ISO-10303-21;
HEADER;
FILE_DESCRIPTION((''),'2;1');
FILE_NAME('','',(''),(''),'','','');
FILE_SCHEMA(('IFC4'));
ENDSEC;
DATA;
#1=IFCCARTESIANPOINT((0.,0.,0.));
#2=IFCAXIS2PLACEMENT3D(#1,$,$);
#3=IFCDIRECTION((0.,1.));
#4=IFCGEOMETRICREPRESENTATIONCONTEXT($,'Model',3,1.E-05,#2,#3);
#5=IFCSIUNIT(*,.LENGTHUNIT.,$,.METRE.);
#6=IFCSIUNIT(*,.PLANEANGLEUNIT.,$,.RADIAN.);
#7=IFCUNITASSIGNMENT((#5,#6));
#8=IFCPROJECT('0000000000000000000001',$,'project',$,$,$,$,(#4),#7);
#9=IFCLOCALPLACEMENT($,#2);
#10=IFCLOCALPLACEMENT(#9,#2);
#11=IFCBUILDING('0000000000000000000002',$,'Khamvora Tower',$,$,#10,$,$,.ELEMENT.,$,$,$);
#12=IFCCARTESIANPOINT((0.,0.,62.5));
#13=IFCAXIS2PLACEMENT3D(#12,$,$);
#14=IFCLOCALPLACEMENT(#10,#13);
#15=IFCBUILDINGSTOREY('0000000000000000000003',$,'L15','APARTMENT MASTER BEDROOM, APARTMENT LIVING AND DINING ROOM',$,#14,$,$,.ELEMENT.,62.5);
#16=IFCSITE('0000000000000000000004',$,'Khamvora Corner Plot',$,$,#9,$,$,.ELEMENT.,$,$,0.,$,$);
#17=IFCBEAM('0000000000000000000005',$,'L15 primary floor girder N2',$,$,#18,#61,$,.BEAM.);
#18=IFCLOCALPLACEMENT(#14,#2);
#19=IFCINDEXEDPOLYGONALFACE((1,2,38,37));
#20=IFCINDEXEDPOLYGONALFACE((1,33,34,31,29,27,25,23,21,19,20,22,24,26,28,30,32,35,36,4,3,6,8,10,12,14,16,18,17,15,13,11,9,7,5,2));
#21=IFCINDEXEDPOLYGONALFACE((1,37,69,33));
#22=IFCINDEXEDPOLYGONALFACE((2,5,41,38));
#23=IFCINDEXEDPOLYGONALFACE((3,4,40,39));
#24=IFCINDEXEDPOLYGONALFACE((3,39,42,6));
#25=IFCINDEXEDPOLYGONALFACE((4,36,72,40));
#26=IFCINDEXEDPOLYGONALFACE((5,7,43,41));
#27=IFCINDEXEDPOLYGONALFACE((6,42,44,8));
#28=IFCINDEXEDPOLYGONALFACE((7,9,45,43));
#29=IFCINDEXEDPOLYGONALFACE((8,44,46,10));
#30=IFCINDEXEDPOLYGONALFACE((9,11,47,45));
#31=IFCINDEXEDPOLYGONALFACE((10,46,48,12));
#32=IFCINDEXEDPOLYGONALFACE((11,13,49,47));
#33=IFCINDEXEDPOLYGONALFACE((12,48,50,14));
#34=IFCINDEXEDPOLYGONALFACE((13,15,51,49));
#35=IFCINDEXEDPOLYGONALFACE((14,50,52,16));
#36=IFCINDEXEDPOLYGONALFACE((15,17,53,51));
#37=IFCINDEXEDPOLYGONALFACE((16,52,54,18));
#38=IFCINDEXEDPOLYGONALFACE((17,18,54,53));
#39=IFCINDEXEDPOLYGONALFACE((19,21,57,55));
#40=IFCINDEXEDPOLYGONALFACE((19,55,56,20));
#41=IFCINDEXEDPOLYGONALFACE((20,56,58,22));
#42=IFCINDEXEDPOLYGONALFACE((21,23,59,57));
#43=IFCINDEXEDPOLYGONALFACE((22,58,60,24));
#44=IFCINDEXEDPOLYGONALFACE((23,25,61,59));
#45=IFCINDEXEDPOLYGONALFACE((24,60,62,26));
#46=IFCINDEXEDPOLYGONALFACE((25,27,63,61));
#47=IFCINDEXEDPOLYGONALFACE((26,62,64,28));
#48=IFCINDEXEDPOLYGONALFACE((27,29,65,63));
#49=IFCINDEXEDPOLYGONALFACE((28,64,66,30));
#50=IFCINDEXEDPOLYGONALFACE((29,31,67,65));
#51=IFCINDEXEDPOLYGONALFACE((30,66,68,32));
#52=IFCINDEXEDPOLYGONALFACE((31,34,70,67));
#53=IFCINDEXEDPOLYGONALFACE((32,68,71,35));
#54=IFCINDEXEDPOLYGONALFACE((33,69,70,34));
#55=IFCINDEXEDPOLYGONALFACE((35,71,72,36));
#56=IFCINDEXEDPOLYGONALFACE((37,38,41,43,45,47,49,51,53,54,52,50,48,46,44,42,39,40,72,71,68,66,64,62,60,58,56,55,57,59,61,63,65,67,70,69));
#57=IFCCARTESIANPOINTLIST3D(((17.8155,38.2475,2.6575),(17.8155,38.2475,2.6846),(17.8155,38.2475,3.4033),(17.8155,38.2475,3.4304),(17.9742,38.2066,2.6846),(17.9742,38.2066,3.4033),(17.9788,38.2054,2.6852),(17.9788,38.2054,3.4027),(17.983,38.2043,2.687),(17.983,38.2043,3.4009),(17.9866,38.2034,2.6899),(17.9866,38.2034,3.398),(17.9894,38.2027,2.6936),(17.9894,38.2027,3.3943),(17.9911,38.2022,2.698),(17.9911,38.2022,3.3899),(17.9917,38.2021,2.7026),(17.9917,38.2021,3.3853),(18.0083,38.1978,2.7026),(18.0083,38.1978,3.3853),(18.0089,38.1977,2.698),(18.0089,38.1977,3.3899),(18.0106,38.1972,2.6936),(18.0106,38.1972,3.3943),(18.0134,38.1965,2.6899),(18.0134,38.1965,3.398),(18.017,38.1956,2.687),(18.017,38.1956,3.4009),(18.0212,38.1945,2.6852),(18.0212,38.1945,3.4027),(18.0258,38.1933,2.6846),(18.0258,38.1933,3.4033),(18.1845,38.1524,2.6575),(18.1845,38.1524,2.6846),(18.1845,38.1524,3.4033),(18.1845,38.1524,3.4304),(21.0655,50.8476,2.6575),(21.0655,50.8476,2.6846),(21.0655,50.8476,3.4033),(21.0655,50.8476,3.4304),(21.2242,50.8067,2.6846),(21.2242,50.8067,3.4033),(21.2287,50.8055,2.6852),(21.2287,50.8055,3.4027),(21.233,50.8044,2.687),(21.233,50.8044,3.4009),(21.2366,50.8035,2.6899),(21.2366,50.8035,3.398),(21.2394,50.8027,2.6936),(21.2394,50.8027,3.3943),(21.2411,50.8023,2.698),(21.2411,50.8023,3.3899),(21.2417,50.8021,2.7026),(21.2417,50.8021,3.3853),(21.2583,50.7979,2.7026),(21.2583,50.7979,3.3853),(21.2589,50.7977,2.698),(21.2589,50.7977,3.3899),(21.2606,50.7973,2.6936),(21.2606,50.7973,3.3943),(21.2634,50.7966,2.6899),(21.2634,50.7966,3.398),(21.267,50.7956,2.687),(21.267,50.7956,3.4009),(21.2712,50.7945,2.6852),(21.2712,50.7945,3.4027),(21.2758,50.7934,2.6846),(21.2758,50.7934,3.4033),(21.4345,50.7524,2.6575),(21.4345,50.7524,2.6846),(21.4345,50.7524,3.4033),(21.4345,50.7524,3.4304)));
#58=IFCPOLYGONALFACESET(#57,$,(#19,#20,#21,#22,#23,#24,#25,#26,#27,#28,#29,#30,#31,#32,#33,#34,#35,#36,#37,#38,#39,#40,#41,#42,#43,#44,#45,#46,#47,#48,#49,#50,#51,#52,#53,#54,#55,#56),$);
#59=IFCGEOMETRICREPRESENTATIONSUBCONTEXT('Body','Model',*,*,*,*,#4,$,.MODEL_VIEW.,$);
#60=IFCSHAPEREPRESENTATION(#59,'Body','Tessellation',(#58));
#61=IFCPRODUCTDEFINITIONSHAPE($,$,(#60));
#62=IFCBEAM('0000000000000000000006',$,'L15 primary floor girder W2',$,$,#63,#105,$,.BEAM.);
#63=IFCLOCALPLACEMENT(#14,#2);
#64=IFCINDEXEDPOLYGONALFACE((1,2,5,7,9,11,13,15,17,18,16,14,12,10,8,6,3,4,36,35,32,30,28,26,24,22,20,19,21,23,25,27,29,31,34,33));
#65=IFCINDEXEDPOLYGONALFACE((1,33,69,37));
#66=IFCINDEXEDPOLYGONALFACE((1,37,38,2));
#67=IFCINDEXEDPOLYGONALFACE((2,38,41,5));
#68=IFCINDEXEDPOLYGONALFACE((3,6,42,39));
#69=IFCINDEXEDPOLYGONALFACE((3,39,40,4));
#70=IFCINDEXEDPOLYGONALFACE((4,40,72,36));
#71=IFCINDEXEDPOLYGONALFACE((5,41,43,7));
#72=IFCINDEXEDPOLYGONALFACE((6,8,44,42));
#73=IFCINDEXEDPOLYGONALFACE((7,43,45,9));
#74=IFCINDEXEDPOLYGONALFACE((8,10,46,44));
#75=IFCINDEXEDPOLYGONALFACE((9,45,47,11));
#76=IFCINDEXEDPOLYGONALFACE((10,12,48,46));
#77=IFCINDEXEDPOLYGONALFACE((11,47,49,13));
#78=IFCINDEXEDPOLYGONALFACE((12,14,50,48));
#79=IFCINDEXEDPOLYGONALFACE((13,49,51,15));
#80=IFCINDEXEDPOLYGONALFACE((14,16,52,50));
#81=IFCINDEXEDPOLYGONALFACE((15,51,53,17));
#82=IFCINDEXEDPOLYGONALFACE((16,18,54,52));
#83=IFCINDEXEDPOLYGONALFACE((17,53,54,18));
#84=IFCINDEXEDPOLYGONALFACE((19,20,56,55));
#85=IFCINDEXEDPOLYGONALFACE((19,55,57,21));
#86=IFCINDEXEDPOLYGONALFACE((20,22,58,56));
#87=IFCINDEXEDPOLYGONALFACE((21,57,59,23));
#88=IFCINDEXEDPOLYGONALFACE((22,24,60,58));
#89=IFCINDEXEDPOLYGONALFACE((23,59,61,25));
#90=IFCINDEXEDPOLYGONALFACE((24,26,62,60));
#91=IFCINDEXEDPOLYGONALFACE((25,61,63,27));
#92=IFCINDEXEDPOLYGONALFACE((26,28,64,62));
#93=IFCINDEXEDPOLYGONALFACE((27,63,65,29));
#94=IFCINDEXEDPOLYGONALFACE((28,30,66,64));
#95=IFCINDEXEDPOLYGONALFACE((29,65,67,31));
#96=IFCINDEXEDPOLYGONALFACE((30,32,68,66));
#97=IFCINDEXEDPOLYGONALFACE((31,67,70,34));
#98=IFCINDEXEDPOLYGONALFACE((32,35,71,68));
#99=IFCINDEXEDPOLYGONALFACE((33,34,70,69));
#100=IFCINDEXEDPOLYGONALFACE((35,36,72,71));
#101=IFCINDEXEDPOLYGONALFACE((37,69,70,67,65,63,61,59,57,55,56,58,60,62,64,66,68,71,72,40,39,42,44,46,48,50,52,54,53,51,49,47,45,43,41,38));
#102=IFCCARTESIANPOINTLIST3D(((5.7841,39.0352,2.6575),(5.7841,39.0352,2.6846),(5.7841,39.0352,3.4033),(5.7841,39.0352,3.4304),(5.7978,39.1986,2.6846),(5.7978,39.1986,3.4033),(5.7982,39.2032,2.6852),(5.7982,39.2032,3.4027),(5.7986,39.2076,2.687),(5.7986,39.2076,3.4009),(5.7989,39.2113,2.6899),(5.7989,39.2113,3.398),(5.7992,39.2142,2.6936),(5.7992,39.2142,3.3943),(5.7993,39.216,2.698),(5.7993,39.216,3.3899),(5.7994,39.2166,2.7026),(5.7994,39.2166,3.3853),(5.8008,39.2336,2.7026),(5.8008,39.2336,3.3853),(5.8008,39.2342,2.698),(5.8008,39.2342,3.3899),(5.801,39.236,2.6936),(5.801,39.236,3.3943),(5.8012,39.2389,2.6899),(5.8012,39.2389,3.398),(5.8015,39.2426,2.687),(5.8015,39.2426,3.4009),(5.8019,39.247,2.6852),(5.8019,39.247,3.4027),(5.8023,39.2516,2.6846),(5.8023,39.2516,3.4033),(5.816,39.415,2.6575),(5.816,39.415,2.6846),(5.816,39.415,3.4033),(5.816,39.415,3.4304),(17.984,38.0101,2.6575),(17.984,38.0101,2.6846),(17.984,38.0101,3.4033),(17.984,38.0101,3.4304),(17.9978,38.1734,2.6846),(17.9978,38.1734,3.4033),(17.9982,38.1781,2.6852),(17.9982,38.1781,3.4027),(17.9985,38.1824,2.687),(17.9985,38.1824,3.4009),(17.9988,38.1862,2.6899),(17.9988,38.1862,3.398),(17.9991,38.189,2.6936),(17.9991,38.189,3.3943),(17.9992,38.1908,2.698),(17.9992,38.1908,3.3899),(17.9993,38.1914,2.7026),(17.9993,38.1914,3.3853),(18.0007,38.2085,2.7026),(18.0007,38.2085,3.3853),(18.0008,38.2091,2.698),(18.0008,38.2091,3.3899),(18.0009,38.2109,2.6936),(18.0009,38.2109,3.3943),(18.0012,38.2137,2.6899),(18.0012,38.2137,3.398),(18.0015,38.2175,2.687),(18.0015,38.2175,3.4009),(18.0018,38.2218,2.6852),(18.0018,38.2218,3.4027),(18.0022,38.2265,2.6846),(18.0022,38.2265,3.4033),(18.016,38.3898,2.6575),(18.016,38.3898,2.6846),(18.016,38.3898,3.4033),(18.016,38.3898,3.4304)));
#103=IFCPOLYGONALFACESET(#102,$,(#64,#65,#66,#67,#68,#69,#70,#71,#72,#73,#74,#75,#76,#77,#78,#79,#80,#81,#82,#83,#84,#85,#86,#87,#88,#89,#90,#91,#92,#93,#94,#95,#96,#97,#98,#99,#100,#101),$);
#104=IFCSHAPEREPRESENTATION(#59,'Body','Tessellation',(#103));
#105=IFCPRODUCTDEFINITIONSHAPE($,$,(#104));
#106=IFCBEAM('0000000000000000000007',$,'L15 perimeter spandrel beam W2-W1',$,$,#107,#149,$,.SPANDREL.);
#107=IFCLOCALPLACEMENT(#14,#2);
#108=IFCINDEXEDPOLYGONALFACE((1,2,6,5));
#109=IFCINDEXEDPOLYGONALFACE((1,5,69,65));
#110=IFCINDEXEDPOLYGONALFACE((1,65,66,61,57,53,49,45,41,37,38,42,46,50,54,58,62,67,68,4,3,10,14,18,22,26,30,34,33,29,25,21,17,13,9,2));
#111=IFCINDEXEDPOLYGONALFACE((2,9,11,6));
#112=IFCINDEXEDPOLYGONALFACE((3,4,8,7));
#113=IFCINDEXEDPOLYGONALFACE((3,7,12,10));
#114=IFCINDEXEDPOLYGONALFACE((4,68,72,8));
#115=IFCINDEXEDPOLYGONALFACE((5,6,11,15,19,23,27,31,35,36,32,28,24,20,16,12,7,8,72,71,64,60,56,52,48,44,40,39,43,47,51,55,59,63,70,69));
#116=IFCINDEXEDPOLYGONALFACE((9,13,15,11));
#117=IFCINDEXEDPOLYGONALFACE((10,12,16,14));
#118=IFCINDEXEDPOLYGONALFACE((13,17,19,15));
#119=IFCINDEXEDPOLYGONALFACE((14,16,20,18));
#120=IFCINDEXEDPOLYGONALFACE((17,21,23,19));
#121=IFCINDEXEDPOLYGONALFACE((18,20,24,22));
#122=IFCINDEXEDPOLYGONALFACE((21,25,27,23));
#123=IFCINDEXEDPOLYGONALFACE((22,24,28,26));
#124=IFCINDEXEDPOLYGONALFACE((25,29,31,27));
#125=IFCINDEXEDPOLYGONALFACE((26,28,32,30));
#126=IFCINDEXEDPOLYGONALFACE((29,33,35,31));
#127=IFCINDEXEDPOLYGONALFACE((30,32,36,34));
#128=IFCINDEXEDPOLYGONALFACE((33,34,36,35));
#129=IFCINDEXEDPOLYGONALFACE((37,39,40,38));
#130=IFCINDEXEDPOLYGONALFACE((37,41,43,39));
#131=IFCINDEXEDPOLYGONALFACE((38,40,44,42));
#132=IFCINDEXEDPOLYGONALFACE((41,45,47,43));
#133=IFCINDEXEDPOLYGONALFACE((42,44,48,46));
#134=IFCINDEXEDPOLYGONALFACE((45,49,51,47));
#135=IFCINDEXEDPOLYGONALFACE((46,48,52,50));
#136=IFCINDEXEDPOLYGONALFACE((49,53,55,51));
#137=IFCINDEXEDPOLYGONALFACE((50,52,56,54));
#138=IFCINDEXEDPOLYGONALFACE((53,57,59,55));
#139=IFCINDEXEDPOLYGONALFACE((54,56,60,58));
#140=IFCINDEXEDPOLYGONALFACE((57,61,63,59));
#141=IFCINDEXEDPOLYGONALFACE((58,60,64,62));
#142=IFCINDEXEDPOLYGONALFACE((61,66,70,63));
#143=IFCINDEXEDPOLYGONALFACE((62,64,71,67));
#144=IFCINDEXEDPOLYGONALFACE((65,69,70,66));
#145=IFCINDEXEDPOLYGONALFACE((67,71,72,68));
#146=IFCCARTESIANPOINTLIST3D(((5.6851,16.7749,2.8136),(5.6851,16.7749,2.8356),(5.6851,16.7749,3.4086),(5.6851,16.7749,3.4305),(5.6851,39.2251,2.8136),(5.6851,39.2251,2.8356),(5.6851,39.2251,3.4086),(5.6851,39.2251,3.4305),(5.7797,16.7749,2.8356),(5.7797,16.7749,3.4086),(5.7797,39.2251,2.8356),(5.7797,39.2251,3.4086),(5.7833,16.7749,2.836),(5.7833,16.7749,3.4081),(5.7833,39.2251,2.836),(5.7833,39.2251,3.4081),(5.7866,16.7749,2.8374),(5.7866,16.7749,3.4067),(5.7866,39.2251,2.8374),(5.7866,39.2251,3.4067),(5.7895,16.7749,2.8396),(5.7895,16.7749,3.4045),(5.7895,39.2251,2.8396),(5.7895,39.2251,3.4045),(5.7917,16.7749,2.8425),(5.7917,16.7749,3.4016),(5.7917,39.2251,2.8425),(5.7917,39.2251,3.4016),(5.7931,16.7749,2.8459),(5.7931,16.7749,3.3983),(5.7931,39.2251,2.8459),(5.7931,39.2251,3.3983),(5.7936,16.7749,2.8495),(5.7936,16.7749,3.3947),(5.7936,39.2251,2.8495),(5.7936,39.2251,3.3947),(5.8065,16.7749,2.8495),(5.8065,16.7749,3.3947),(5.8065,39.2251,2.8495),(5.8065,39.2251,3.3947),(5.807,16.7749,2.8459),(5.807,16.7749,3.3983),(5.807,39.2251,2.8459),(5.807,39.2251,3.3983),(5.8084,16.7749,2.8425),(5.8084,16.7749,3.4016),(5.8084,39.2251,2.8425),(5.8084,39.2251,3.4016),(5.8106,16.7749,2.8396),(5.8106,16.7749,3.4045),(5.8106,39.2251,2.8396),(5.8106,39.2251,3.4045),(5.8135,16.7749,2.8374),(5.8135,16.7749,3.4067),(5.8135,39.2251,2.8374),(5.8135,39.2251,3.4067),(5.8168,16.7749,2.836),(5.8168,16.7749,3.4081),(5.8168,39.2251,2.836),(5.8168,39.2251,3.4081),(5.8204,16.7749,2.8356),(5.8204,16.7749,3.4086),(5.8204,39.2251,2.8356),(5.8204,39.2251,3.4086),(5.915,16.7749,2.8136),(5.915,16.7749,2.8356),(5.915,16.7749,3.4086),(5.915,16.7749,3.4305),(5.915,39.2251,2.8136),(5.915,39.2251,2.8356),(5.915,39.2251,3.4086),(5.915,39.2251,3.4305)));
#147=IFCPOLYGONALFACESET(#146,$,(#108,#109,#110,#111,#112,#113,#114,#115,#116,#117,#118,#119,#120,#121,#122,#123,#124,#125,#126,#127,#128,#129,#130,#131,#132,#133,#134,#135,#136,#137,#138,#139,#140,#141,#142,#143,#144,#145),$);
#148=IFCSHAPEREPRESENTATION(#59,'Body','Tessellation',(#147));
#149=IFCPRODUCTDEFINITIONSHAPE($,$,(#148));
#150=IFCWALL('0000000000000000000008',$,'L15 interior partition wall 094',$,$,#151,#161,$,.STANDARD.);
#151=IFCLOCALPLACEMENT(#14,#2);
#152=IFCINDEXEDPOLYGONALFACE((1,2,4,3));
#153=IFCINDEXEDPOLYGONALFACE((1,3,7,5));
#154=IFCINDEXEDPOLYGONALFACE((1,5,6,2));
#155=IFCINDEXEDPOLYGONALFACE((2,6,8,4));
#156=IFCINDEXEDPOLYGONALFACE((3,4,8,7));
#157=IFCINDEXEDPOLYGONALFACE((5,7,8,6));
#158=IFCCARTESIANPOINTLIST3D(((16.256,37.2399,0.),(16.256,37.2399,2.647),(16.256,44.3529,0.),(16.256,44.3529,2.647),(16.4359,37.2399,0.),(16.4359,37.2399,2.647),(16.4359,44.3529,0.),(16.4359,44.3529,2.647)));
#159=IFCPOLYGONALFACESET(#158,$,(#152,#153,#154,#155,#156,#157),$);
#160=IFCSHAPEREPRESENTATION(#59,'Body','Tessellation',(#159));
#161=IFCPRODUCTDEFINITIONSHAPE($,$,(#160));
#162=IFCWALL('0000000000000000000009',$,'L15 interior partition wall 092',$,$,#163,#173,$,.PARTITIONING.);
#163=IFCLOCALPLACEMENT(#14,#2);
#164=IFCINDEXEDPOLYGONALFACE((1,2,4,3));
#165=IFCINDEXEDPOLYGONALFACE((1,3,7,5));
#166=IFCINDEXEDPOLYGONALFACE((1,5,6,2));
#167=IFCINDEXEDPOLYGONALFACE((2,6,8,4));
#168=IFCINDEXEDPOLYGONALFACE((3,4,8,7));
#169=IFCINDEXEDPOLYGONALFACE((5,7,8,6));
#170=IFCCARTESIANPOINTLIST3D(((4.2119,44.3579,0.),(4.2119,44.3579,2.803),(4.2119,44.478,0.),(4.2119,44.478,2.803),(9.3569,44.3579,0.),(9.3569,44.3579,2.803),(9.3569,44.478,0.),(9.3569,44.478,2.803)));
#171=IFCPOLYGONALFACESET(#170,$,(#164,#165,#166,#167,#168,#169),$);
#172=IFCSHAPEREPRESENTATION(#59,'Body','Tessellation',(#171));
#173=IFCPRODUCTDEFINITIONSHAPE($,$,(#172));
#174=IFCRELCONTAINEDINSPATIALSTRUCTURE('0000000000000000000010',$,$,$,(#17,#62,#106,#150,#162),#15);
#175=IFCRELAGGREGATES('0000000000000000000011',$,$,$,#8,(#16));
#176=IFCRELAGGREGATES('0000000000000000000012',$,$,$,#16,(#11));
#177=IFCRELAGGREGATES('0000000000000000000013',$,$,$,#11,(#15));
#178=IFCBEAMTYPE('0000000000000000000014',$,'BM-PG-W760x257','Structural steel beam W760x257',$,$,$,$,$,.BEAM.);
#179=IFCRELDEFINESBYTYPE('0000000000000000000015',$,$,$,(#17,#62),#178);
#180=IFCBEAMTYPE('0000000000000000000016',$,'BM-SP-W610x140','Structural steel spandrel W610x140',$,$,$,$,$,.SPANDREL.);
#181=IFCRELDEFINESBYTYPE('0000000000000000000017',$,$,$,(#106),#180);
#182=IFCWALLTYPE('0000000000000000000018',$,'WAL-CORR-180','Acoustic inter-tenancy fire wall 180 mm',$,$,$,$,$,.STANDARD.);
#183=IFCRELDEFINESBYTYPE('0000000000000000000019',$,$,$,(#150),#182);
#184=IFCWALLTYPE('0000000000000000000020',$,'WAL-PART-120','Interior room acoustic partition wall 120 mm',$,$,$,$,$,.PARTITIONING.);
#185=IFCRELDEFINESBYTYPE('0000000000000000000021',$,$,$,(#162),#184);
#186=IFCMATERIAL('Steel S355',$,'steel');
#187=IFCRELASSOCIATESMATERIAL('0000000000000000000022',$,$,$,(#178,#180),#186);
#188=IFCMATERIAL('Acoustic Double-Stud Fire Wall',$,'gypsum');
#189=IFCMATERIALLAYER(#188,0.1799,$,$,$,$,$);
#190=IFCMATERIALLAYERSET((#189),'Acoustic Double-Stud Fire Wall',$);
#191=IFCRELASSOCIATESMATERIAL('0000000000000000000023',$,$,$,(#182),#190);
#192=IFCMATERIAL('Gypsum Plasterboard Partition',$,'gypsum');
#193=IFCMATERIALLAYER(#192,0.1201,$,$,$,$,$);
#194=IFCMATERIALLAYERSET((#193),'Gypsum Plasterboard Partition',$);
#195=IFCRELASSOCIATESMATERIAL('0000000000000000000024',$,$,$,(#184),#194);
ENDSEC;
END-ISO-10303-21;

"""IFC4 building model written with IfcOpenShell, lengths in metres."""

from ifc_helpers import new_model, si_unit, direction, frame, frame_2d, origin, origin_2d, place, context, subcontext, project, spatial, rectangle, i_section, extrude, material, layer, layer_set, material_profile, profile_set, type_object, element, save


model = new_model("IFC4")

# Units and contexts
model_context = context("Model", 3, precision=1e-05, world=origin(), true_north=direction((0.0, 1.0)))
body_context = subcontext(model_context, "Body", "Model", "MODEL_VIEW")
ifc_project = project(units=[si_unit("LENGTHUNIT", "METRE"), si_unit("PLANEANGLEUNIT", "RADIAN")], contexts=[model_context])

# Site, building, storey
site_placement = place(None, origin())
site = spatial("IfcSite", under=ifc_project, at=site_placement, Name="Khamvora Corner Plot", CompositionType="ELEMENT", RefElevation=0.0)
building_placement = place(site_placement, origin())
building = spatial("IfcBuilding", under=site, at=building_placement, Name="Khamvora Tower", CompositionType="ELEMENT")
storey_placement = place(building_placement, frame((0.0, 0.0, 62.5)))
storey = spatial("IfcBuildingStorey", under=building, at=storey_placement, Name="L15", Description="APARTMENT MASTER BEDROOM, APARTMENT LIVING AND DINING ROOM", CompositionType="ELEMENT", Elevation=62.5)

# Beams
ifc_material_1 = material(Name="Steel S355", Category="steel")
ifc_material_profile_1 = material_profile(ifc_material_1, i_section(OverallWidth=0.3811, OverallDepth=0.7729, WebThickness=0.0171, FlangeThickness=0.0271, FilletRadius=0.0181, at=origin_2d()), Name="W760x257")
ifc_profile_set_1 = profile_set([ifc_material_profile_1], Name="Steel S355")
beam_type_1 = type_object("IfcBeamType", Name="BM-PG-W760x257", Description="Structural steel beam W760x257", PredefinedType="BEAM", material=ifc_profile_set_1)
beam_1_placement = place(storey_placement, frame((18.0, 38.2, 3.0439), z_axis=(0.24976, 0.968308, 0.0), x_axis=(-0.968308, 0.24976, 0.0)))
element("IfcBeam", 1, at=beam_1_placement, inside=storey, type_object=beam_type_1, Name="L15 primary floor girder N2", PredefinedType="BEAM", context=body_context, shape_type="SweptSolid", body=[
    extrude(i_section(OverallWidth=0.3811, OverallDepth=0.7729, WebThickness=0.0171, FlangeThickness=0.0271, FilletRadius=0.0181, at=origin_2d()), origin(), (0.0, 0.0, 1.0), 13.0125),
])
beam_2_placement = place(storey_placement, frame((18.0, 38.2, 3.0439), z_axis=(-0.996488, 0.083734, 0.0), x_axis=(-0.083734, -0.996488, 0.0)))
element("IfcBeam", 2, at=beam_2_placement, inside=storey, type_object=beam_type_1, Name="L15 primary floor girder W2", PredefinedType="BEAM", context=body_context, shape_type="SweptSolid", body=[
    extrude(i_section(OverallWidth=0.3811, OverallDepth=0.7729, WebThickness=0.0171, FlangeThickness=0.0271, FilletRadius=0.0181, at=origin_2d()), origin(), (0.0, 0.0, 1.0), 12.2429),
])
ifc_material_profile_2 = material_profile(ifc_material_1, i_section(OverallWidth=0.23, OverallDepth=0.6169, WebThickness=0.0129, FlangeThickness=0.022, FilletRadius=0.0139, at=origin_2d()), Name="W610x140")
ifc_profile_set_2 = profile_set([ifc_material_profile_2], Name="Steel S355")
beam_type_2 = type_object("IfcBeamType", Name="BM-SP-W610x140", Description="Structural steel spandrel W610x140", PredefinedType="SPANDREL", material=ifc_profile_set_2)
beam_3_placement = place(storey_placement, frame((5.8, 39.2251, 3.1221), z_axis=(0.0, -1.0, 0.0), x_axis=(1.0, 0.0, 0.0)))
element("IfcBeam", 3, at=beam_3_placement, inside=storey, type_object=beam_type_2, Name="L15 perimeter spandrel beam W2-W1", PredefinedType="SPANDREL", context=body_context, shape_type="SweptSolid", body=[
    extrude(i_section(OverallWidth=0.23, OverallDepth=0.6169, WebThickness=0.0129, FlangeThickness=0.022, FilletRadius=0.0139, at=origin_2d()), origin(), (0.0, 0.0, 1.0), 22.4502),
])

# Walls
ifc_material_2 = material(Name="Acoustic Double-Stud Fire Wall", Category="gypsum")
ifc_layer_1 = layer(ifc_material_2, 0.1799)
ifc_layer_set_1 = layer_set([ifc_layer_1], Name="Acoustic Double-Stud Fire Wall")
wall_type_1 = type_object("IfcWallType", Name="WAL-CORR-180", Description="Acoustic inter-tenancy fire wall 180 mm", PredefinedType="STANDARD", material=ifc_layer_set_1)
wall_1_placement = place(storey_placement, frame((16.3459, 44.353, 0.0), z_axis=(0.0, 0.0, 1.0), x_axis=(0.0, -1.0, 0.0)))
element("IfcWall", 4, at=wall_1_placement, inside=storey, type_object=wall_type_1, Name="L15 interior partition wall 094", PredefinedType="STANDARD", context=body_context, shape_type="SweptSolid", body=[
    extrude(rectangle(XDim=7.113, YDim=0.1799, at=frame_2d((3.5566, 0.0))), origin(), (0.0, 0.0, 1.0), 2.647),
])
ifc_material_3 = material(Name="Gypsum Plasterboard Partition", Category="gypsum")
ifc_layer_2 = layer(ifc_material_3, 0.1201)
ifc_layer_set_2 = layer_set([ifc_layer_2], Name="Gypsum Plasterboard Partition")
wall_type_2 = type_object("IfcWallType", Name="WAL-PART-120", Description="Interior room acoustic partition wall 120 mm", PredefinedType="PARTITIONING", material=ifc_layer_set_2)
wall_2_placement = place(storey_placement, frame((4.2119, 44.418, 0.0), z_axis=(0.0, 0.0, 1.0), x_axis=(1.0, 0.0, 0.0)))
element("IfcWall", 5, at=wall_2_placement, inside=storey, type_object=wall_type_2, Name="L15 interior partition wall 092", PredefinedType="PARTITIONING", context=body_context, shape_type="SweptSolid", body=[
    extrude(rectangle(XDim=5.145, YDim=0.1201, at=frame_2d((2.5725, 0.0))), origin(), (0.0, 0.0, 1.0), 2.803),
])

save(model, "model.ifc")
